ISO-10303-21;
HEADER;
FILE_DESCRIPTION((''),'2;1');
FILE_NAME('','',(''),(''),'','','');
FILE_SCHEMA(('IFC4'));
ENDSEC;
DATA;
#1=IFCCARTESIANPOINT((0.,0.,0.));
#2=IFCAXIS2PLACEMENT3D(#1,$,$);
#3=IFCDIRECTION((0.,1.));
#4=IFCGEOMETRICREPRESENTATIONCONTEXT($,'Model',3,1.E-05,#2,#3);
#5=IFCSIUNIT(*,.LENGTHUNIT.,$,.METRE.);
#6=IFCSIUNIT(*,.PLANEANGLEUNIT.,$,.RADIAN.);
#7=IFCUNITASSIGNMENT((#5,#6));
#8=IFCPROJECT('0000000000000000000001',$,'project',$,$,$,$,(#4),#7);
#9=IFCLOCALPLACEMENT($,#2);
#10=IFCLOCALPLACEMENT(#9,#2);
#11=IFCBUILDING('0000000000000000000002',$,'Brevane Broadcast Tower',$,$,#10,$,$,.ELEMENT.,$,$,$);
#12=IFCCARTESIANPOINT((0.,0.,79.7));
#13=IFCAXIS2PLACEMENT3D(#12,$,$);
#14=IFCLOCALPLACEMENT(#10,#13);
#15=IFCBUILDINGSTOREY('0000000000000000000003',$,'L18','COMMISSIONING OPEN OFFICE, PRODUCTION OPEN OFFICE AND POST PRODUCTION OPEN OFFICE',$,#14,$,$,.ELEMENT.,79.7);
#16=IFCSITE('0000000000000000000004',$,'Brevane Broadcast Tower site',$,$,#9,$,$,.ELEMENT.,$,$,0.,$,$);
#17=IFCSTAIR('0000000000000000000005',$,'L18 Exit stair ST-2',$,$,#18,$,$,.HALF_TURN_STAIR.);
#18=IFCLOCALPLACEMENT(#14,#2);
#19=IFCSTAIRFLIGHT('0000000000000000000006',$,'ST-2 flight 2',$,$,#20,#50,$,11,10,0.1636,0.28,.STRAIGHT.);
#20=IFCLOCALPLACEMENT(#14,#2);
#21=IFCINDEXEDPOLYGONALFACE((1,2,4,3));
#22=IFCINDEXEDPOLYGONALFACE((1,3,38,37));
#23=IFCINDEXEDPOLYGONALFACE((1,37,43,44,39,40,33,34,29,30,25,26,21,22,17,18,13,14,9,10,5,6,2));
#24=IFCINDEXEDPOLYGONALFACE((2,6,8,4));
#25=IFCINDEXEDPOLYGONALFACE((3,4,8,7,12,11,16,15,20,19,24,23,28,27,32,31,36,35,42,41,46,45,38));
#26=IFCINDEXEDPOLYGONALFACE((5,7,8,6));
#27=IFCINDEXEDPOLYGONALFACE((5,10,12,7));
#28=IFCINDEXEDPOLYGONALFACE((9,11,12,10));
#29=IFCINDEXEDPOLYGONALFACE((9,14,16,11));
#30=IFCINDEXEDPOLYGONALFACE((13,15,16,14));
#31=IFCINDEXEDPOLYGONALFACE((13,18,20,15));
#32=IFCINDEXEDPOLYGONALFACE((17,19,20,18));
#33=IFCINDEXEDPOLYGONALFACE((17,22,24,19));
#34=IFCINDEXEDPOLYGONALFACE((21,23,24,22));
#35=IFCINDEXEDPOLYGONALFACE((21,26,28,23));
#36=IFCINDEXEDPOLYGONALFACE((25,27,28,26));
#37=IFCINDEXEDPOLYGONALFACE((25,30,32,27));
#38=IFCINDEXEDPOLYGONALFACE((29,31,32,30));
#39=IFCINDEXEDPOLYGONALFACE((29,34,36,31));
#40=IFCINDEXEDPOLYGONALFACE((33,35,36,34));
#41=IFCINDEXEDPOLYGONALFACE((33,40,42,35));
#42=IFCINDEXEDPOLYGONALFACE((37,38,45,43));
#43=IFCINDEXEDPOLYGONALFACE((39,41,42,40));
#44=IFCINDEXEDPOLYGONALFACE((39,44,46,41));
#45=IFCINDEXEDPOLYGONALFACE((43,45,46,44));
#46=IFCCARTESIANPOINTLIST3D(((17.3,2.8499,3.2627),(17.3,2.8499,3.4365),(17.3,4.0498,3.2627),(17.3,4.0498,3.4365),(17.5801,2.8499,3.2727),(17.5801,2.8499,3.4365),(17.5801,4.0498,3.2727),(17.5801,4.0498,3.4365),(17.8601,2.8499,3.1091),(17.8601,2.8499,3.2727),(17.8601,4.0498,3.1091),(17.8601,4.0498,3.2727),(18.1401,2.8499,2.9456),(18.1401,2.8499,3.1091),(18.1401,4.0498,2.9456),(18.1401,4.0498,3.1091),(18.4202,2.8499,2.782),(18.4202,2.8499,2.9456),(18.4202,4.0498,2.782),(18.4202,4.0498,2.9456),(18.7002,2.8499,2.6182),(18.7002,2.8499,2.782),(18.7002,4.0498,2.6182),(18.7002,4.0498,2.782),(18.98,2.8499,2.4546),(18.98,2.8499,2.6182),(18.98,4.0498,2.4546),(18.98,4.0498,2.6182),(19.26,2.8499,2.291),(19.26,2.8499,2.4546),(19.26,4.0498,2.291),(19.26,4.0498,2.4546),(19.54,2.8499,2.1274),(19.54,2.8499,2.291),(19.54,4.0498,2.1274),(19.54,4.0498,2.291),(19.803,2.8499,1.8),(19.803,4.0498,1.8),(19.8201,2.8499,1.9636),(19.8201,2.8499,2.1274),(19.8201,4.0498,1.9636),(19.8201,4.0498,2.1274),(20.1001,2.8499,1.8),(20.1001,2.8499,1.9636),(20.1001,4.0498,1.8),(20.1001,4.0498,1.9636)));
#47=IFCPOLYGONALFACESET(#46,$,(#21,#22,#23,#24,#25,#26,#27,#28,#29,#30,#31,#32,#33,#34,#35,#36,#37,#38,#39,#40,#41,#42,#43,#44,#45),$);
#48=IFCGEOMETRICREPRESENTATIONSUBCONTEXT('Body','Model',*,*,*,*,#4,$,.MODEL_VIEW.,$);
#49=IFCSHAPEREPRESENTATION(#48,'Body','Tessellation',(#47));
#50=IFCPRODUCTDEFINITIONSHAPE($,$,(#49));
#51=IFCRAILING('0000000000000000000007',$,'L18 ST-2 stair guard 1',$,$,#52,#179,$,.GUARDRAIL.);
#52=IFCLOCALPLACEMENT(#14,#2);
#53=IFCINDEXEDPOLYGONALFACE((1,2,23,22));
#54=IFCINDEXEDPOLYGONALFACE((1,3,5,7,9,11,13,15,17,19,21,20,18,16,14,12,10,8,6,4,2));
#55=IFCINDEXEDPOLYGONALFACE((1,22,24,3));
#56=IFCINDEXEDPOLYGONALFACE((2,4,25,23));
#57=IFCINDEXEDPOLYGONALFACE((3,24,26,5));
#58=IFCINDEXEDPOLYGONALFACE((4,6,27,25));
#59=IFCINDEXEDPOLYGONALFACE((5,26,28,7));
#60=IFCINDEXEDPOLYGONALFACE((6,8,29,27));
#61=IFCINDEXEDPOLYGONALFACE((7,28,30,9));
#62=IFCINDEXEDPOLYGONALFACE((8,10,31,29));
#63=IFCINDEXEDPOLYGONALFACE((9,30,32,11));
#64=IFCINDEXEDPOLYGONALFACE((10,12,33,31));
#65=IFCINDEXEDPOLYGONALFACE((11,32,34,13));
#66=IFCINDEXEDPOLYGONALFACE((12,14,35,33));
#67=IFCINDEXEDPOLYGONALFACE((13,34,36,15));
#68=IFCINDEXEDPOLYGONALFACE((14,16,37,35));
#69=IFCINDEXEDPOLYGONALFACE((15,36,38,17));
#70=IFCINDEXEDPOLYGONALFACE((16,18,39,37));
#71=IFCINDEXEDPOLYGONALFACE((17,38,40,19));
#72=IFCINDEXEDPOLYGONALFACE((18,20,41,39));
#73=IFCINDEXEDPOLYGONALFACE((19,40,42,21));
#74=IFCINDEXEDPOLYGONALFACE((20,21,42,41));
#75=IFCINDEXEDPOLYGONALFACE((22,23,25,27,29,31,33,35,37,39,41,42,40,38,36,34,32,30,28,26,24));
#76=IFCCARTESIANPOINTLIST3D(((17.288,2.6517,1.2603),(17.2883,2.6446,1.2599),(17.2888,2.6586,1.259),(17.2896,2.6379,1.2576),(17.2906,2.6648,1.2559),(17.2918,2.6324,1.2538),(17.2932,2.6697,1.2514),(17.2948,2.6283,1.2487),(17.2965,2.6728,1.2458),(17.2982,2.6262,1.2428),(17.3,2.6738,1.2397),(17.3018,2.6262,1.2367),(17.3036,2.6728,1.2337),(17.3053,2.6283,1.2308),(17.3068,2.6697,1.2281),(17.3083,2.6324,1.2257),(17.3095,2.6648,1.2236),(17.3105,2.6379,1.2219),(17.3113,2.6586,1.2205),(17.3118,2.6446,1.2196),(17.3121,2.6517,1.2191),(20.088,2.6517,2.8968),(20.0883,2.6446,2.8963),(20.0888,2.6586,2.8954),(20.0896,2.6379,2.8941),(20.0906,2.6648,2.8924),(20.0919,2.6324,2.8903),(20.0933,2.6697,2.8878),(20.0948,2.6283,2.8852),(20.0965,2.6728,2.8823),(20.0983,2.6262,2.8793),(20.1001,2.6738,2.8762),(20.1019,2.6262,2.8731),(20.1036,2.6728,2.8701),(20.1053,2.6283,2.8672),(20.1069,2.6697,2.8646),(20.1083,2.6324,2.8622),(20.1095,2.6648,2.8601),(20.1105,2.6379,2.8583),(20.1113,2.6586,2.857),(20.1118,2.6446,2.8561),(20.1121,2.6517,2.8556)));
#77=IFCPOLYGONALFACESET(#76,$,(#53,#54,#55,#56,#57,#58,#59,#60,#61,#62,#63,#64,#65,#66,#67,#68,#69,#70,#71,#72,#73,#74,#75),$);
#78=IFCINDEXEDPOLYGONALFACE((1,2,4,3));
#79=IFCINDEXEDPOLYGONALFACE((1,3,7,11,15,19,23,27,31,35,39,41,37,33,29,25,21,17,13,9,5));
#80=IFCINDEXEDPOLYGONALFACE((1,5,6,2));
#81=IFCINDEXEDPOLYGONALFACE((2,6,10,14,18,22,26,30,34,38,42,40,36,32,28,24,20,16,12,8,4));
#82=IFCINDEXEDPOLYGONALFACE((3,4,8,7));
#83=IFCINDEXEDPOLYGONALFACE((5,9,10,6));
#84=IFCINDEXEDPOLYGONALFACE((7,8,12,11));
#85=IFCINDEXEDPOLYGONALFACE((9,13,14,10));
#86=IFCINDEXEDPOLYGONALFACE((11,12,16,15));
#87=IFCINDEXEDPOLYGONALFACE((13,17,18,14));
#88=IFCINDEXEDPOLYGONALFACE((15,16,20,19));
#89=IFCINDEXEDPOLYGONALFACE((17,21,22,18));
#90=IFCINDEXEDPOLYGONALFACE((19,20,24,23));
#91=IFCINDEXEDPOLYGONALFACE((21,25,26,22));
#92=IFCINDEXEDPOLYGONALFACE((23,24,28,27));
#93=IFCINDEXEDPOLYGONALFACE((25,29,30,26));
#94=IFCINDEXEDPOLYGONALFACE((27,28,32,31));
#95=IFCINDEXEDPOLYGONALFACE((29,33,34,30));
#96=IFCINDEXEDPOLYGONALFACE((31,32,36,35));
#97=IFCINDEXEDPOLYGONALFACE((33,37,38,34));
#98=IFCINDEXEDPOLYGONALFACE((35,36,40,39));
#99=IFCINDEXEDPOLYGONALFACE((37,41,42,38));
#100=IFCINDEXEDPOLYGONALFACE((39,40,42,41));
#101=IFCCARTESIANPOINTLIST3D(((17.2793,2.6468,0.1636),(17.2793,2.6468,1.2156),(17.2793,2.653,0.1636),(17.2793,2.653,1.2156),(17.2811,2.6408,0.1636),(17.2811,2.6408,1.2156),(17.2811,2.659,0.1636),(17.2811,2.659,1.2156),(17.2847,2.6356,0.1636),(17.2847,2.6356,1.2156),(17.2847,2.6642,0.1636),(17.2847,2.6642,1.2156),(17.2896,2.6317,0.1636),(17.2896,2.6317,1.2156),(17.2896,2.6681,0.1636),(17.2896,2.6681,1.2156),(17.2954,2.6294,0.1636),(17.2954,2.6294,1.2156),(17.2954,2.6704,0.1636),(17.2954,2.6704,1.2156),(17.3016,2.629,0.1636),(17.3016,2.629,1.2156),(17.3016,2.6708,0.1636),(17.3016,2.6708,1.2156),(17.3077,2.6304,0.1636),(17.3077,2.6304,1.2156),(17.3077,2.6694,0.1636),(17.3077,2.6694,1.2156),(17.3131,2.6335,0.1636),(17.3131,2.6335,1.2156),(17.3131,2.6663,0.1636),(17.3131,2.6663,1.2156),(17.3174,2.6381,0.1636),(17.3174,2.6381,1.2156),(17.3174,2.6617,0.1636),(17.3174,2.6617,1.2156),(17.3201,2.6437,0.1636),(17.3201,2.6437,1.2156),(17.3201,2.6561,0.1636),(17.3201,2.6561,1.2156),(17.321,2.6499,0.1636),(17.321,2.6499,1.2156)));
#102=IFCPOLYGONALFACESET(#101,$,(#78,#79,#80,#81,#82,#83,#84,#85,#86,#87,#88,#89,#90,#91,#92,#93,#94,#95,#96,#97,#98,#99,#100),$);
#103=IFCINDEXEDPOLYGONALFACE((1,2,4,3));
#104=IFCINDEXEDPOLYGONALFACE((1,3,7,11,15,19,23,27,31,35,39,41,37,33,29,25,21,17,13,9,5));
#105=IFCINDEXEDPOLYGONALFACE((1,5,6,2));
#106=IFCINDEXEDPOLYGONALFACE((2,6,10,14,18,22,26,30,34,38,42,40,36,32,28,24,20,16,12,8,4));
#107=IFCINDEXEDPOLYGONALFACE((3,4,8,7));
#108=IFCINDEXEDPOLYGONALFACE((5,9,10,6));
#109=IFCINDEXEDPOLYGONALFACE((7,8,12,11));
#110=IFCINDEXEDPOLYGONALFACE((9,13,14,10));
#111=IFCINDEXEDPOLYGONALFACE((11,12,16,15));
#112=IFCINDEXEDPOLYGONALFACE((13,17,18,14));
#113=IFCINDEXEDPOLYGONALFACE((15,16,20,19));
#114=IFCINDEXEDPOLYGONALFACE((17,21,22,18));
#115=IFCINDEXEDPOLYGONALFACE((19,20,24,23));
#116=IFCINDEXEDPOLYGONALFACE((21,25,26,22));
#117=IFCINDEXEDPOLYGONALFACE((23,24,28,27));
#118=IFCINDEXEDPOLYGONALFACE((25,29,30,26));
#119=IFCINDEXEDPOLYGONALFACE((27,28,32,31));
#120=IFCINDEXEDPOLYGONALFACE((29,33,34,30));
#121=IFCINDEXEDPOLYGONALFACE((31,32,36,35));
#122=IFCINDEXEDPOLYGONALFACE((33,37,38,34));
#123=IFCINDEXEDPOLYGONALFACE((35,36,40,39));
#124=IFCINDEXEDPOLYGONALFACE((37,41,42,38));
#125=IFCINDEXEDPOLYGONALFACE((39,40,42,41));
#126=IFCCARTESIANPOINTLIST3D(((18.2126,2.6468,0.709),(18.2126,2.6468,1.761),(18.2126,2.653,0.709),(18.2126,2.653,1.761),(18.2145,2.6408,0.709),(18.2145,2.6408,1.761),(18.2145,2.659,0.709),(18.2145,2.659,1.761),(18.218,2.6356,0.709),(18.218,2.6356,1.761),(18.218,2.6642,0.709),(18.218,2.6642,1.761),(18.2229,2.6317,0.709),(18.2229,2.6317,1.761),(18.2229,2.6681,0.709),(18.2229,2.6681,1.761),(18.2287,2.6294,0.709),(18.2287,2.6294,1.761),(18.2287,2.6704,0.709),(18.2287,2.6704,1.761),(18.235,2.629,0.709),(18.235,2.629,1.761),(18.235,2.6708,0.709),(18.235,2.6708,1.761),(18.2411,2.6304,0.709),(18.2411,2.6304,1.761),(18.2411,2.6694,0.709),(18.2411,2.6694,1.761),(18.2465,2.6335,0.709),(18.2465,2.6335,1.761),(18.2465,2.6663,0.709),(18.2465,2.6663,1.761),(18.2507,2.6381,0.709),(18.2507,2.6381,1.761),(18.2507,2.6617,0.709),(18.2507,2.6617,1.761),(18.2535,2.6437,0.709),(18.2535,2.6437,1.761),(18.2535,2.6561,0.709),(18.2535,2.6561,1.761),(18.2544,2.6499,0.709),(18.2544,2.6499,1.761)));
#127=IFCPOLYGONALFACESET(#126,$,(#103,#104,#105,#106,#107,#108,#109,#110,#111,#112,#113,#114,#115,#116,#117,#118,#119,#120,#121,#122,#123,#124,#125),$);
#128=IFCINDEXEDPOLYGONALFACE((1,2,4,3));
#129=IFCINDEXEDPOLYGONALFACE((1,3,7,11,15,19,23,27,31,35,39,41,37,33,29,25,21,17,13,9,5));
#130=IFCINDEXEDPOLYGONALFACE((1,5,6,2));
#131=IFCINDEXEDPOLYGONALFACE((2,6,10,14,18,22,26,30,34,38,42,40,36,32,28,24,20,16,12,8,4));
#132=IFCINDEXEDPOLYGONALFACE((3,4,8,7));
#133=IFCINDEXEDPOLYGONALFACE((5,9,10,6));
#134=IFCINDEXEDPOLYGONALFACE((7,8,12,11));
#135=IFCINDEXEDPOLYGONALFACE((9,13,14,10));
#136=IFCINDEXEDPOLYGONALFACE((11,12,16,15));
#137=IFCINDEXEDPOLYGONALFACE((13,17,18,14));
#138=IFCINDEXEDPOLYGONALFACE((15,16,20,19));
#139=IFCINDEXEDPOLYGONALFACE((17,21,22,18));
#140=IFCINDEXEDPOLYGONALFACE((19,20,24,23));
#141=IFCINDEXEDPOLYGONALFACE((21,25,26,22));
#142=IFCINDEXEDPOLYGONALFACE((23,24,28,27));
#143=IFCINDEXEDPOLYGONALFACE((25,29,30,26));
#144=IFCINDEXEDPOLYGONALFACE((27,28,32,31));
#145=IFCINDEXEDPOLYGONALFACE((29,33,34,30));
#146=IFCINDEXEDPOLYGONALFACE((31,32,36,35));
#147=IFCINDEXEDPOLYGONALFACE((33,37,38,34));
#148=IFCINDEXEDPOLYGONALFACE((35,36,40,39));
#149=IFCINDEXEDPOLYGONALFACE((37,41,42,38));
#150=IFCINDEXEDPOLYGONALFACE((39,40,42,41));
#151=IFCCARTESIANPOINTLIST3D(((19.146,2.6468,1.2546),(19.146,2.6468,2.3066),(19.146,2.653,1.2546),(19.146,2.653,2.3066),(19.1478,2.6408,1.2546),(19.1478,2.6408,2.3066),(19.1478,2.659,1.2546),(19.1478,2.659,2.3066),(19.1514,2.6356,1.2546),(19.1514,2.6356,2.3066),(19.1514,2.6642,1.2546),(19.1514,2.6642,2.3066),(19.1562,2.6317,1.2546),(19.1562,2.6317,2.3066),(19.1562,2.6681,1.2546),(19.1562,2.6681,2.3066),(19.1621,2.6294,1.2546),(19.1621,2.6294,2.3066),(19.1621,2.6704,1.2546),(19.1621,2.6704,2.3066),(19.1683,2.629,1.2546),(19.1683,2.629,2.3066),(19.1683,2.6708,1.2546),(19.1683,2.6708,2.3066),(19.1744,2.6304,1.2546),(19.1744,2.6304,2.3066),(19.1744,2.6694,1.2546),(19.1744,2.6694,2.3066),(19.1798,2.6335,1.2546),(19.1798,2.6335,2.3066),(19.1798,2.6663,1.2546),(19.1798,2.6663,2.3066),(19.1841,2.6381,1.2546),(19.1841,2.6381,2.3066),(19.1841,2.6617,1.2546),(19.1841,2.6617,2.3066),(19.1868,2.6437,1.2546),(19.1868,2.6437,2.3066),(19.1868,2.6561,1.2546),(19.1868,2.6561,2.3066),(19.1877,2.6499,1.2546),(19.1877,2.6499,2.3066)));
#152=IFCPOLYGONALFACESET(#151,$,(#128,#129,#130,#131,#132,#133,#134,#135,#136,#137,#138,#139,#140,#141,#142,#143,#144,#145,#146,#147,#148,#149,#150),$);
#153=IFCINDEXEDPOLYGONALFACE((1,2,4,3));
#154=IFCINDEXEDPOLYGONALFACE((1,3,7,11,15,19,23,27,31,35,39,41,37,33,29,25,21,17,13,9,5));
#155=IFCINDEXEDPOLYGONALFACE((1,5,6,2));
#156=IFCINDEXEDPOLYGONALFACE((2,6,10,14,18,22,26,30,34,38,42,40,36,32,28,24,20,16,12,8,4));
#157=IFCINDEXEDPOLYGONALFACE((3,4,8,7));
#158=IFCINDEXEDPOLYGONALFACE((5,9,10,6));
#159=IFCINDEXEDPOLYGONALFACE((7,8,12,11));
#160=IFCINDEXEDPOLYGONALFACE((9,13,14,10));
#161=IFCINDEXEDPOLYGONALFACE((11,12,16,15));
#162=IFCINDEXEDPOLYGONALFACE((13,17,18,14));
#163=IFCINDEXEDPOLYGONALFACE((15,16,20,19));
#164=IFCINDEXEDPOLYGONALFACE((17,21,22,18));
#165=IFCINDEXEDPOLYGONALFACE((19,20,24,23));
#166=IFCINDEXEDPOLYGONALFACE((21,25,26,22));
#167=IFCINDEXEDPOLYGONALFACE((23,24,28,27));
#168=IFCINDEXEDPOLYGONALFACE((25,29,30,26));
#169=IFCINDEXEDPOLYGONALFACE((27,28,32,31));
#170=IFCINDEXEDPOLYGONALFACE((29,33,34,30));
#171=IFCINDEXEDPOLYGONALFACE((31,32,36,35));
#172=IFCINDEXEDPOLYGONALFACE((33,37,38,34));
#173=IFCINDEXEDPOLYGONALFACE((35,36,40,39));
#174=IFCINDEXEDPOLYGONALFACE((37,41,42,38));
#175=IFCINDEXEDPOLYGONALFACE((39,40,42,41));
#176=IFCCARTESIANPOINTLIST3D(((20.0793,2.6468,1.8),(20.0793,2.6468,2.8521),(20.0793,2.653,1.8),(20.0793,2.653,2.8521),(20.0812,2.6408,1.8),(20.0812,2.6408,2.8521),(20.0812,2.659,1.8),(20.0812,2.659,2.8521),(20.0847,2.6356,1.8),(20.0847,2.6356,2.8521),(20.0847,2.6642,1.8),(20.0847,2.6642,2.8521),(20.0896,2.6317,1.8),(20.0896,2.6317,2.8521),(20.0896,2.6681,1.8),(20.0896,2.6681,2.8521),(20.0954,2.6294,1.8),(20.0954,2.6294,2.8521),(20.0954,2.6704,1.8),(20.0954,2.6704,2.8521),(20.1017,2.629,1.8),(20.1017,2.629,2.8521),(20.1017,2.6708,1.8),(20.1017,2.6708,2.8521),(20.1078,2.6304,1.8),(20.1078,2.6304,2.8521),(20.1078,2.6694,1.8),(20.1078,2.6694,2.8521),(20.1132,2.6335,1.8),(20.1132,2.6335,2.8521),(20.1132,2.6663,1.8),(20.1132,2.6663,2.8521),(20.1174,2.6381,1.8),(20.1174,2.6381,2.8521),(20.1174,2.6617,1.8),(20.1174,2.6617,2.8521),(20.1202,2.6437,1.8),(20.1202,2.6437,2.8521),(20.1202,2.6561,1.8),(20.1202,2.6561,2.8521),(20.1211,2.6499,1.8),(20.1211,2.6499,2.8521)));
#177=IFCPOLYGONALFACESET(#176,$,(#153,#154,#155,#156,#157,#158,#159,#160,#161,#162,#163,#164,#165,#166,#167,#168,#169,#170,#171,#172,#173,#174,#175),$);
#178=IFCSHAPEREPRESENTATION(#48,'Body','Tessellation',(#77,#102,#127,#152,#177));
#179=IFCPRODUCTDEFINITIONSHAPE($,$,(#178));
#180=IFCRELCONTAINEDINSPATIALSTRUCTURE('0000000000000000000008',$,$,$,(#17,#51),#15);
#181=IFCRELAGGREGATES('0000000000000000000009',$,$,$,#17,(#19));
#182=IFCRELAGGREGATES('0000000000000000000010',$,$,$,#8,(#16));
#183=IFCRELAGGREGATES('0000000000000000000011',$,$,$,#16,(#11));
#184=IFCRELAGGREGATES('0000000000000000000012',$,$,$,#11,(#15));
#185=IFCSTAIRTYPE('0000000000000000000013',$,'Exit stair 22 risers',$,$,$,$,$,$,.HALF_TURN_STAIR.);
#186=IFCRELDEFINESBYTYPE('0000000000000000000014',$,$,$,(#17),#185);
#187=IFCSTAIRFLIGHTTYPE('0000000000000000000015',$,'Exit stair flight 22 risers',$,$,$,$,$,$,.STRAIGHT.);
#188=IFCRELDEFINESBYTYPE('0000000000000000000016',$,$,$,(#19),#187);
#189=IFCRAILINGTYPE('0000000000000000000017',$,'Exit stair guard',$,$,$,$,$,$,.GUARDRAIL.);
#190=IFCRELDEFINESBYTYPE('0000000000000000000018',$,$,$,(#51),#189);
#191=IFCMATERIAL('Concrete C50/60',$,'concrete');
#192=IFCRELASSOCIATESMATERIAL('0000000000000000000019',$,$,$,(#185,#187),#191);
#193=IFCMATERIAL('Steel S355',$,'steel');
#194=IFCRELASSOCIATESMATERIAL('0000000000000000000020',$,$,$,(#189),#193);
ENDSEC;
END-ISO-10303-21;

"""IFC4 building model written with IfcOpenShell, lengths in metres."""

from ifc_helpers import new_model, si_unit, direction, frame, origin, origin_2d, place, context, subcontext, project, spatial, polyline, circle, outline, extrude, material, type_object, element, aggregate, save


model = new_model("IFC4")

# Units and contexts
model_context = context("Model", 3, precision=1e-05, world=origin(), true_north=direction((0.0, 1.0)))
body_context = subcontext(model_context, "Body", "Model", "MODEL_VIEW")
ifc_project = project(units=[si_unit("LENGTHUNIT", "METRE"), si_unit("PLANEANGLEUNIT", "RADIAN")], contexts=[model_context])

# Site, building, storey
site_placement = place(None, origin())
site = spatial("IfcSite", under=ifc_project, at=site_placement, Name="Brevane Broadcast Tower site", CompositionType="ELEMENT", RefElevation=0.0)
building_placement = place(site_placement, origin())
building = spatial("IfcBuilding", under=site, at=building_placement, Name="Brevane Broadcast Tower", CompositionType="ELEMENT")
storey_placement = place(building_placement, frame((0.0, 0.0, 79.7)))
storey = spatial("IfcBuildingStorey", under=building, at=storey_placement, Name="L18", Description="COMMISSIONING OPEN OFFICE, PRODUCTION OPEN OFFICE AND POST PRODUCTION OPEN OFFICE", CompositionType="ELEMENT", Elevation=79.7)

# Stair, stair flight
ifc_material_1 = material(Name="Concrete C50/60", Category="concrete")
stair_type = type_object("IfcStairType", Name="Exit stair 22 risers", PredefinedType="HALF_TURN_STAIR", material=ifc_material_1)
stair_placement = place(storey_placement, origin())
stair = element("IfcStair", 1, at=stair_placement, inside=storey, type_object=stair_type, Name="L18 Exit stair ST-2", PredefinedType="HALF_TURN_STAIR")
stair_flight_type = type_object("IfcStairFlightType", Name="Exit stair flight 22 risers", PredefinedType="STRAIGHT", material=ifc_material_1)
stair_flight_1_placement = place(storey_placement, frame((20.1001, 3.45, 1.8), z_axis=(0.0, 0.0, 1.0), x_axis=(-1.0, 0.0, 0.0)))
stair_flight_1 = element("IfcStairFlight", 2, at=stair_flight_1_placement, type_object=stair_flight_type, Name="ST-2 flight 2", NumberOfRisers=11, NumberOfTreads=10, PredefinedType="STRAIGHT", RiserHeight=0.1636, TreadLength=0.28, context=body_context, shape_type="SweptSolid", body=[
    extrude(outline(polyline([(0.0, 0.0), (0.0, 0.1636), (0.28, 0.1636), (0.28, 0.3274), (0.5601, 0.3274), (0.5601, 0.491), (0.8401, 0.491), (0.8401, 0.6545), (1.1201, 0.6545), (1.1201, 0.8181), (1.3999, 0.8181), (1.3999, 0.9819), (1.6799, 0.9819), (1.6799, 1.1455), (1.96, 1.1455), (1.96, 1.3091), (2.24, 1.3091), (2.24, 1.4727), (2.52, 1.4727), (2.52, 1.6365), (2.8, 1.6365), (2.8, 1.8), (2.8, 1.4626), (0.2971, 0.0), (0.0, 0.0)])), frame((0.0, 0.6001, 0.0), z_axis=(0.0, -1.0, 0.0), x_axis=(1.0, 0.0, 0.0)), (0.0, 0.0, 1.0), 1.2),
])
aggregate(stair, [stair_flight_1])

# Railing
ifc_material_2 = material(Name="Steel S355", Category="steel")
railing_type_1 = type_object("IfcRailingType", Name="Exit stair guard", PredefinedType="GUARDRAIL", material=ifc_material_2)
railing_1_placement = place(storey_placement, frame((17.3, 2.6499, 0.1636)))
element("IfcRailing", 3, at=railing_1_placement, inside=storey, type_object=railing_type_1, Name="L18 ST-2 stair guard 1", PredefinedType="GUARDRAIL", context=body_context, shape_type="SweptSolid", body=[
    extrude(circle(Radius=0.0239, at=origin_2d()), frame((0.0, 0.0, 1.0762), z_axis=(0.863361, 0.0, 0.504587), x_axis=(0.0, 1.0, 0.0)), (0.0, 0.0, 1.0), 3.2432),
    extrude(circle(Radius=0.021, at=origin_2d()), origin(), (0.0, 0.0, 1.0), 1.052),
    extrude(circle(Radius=0.021, at=origin_2d()), frame((0.9333, 0.0, 0.5454)), (0.0, 0.0, 1.0), 1.052),
    extrude(circle(Radius=0.021, at=origin_2d()), frame((1.8667, 0.0, 1.0911)), (0.0, 0.0, 1.0), 1.052),
    extrude(circle(Radius=0.021, at=origin_2d()), frame((2.8, 0.0, 1.6365)), (0.0, 0.0, 1.0), 1.052),
])

save(model, "model.ifc")
